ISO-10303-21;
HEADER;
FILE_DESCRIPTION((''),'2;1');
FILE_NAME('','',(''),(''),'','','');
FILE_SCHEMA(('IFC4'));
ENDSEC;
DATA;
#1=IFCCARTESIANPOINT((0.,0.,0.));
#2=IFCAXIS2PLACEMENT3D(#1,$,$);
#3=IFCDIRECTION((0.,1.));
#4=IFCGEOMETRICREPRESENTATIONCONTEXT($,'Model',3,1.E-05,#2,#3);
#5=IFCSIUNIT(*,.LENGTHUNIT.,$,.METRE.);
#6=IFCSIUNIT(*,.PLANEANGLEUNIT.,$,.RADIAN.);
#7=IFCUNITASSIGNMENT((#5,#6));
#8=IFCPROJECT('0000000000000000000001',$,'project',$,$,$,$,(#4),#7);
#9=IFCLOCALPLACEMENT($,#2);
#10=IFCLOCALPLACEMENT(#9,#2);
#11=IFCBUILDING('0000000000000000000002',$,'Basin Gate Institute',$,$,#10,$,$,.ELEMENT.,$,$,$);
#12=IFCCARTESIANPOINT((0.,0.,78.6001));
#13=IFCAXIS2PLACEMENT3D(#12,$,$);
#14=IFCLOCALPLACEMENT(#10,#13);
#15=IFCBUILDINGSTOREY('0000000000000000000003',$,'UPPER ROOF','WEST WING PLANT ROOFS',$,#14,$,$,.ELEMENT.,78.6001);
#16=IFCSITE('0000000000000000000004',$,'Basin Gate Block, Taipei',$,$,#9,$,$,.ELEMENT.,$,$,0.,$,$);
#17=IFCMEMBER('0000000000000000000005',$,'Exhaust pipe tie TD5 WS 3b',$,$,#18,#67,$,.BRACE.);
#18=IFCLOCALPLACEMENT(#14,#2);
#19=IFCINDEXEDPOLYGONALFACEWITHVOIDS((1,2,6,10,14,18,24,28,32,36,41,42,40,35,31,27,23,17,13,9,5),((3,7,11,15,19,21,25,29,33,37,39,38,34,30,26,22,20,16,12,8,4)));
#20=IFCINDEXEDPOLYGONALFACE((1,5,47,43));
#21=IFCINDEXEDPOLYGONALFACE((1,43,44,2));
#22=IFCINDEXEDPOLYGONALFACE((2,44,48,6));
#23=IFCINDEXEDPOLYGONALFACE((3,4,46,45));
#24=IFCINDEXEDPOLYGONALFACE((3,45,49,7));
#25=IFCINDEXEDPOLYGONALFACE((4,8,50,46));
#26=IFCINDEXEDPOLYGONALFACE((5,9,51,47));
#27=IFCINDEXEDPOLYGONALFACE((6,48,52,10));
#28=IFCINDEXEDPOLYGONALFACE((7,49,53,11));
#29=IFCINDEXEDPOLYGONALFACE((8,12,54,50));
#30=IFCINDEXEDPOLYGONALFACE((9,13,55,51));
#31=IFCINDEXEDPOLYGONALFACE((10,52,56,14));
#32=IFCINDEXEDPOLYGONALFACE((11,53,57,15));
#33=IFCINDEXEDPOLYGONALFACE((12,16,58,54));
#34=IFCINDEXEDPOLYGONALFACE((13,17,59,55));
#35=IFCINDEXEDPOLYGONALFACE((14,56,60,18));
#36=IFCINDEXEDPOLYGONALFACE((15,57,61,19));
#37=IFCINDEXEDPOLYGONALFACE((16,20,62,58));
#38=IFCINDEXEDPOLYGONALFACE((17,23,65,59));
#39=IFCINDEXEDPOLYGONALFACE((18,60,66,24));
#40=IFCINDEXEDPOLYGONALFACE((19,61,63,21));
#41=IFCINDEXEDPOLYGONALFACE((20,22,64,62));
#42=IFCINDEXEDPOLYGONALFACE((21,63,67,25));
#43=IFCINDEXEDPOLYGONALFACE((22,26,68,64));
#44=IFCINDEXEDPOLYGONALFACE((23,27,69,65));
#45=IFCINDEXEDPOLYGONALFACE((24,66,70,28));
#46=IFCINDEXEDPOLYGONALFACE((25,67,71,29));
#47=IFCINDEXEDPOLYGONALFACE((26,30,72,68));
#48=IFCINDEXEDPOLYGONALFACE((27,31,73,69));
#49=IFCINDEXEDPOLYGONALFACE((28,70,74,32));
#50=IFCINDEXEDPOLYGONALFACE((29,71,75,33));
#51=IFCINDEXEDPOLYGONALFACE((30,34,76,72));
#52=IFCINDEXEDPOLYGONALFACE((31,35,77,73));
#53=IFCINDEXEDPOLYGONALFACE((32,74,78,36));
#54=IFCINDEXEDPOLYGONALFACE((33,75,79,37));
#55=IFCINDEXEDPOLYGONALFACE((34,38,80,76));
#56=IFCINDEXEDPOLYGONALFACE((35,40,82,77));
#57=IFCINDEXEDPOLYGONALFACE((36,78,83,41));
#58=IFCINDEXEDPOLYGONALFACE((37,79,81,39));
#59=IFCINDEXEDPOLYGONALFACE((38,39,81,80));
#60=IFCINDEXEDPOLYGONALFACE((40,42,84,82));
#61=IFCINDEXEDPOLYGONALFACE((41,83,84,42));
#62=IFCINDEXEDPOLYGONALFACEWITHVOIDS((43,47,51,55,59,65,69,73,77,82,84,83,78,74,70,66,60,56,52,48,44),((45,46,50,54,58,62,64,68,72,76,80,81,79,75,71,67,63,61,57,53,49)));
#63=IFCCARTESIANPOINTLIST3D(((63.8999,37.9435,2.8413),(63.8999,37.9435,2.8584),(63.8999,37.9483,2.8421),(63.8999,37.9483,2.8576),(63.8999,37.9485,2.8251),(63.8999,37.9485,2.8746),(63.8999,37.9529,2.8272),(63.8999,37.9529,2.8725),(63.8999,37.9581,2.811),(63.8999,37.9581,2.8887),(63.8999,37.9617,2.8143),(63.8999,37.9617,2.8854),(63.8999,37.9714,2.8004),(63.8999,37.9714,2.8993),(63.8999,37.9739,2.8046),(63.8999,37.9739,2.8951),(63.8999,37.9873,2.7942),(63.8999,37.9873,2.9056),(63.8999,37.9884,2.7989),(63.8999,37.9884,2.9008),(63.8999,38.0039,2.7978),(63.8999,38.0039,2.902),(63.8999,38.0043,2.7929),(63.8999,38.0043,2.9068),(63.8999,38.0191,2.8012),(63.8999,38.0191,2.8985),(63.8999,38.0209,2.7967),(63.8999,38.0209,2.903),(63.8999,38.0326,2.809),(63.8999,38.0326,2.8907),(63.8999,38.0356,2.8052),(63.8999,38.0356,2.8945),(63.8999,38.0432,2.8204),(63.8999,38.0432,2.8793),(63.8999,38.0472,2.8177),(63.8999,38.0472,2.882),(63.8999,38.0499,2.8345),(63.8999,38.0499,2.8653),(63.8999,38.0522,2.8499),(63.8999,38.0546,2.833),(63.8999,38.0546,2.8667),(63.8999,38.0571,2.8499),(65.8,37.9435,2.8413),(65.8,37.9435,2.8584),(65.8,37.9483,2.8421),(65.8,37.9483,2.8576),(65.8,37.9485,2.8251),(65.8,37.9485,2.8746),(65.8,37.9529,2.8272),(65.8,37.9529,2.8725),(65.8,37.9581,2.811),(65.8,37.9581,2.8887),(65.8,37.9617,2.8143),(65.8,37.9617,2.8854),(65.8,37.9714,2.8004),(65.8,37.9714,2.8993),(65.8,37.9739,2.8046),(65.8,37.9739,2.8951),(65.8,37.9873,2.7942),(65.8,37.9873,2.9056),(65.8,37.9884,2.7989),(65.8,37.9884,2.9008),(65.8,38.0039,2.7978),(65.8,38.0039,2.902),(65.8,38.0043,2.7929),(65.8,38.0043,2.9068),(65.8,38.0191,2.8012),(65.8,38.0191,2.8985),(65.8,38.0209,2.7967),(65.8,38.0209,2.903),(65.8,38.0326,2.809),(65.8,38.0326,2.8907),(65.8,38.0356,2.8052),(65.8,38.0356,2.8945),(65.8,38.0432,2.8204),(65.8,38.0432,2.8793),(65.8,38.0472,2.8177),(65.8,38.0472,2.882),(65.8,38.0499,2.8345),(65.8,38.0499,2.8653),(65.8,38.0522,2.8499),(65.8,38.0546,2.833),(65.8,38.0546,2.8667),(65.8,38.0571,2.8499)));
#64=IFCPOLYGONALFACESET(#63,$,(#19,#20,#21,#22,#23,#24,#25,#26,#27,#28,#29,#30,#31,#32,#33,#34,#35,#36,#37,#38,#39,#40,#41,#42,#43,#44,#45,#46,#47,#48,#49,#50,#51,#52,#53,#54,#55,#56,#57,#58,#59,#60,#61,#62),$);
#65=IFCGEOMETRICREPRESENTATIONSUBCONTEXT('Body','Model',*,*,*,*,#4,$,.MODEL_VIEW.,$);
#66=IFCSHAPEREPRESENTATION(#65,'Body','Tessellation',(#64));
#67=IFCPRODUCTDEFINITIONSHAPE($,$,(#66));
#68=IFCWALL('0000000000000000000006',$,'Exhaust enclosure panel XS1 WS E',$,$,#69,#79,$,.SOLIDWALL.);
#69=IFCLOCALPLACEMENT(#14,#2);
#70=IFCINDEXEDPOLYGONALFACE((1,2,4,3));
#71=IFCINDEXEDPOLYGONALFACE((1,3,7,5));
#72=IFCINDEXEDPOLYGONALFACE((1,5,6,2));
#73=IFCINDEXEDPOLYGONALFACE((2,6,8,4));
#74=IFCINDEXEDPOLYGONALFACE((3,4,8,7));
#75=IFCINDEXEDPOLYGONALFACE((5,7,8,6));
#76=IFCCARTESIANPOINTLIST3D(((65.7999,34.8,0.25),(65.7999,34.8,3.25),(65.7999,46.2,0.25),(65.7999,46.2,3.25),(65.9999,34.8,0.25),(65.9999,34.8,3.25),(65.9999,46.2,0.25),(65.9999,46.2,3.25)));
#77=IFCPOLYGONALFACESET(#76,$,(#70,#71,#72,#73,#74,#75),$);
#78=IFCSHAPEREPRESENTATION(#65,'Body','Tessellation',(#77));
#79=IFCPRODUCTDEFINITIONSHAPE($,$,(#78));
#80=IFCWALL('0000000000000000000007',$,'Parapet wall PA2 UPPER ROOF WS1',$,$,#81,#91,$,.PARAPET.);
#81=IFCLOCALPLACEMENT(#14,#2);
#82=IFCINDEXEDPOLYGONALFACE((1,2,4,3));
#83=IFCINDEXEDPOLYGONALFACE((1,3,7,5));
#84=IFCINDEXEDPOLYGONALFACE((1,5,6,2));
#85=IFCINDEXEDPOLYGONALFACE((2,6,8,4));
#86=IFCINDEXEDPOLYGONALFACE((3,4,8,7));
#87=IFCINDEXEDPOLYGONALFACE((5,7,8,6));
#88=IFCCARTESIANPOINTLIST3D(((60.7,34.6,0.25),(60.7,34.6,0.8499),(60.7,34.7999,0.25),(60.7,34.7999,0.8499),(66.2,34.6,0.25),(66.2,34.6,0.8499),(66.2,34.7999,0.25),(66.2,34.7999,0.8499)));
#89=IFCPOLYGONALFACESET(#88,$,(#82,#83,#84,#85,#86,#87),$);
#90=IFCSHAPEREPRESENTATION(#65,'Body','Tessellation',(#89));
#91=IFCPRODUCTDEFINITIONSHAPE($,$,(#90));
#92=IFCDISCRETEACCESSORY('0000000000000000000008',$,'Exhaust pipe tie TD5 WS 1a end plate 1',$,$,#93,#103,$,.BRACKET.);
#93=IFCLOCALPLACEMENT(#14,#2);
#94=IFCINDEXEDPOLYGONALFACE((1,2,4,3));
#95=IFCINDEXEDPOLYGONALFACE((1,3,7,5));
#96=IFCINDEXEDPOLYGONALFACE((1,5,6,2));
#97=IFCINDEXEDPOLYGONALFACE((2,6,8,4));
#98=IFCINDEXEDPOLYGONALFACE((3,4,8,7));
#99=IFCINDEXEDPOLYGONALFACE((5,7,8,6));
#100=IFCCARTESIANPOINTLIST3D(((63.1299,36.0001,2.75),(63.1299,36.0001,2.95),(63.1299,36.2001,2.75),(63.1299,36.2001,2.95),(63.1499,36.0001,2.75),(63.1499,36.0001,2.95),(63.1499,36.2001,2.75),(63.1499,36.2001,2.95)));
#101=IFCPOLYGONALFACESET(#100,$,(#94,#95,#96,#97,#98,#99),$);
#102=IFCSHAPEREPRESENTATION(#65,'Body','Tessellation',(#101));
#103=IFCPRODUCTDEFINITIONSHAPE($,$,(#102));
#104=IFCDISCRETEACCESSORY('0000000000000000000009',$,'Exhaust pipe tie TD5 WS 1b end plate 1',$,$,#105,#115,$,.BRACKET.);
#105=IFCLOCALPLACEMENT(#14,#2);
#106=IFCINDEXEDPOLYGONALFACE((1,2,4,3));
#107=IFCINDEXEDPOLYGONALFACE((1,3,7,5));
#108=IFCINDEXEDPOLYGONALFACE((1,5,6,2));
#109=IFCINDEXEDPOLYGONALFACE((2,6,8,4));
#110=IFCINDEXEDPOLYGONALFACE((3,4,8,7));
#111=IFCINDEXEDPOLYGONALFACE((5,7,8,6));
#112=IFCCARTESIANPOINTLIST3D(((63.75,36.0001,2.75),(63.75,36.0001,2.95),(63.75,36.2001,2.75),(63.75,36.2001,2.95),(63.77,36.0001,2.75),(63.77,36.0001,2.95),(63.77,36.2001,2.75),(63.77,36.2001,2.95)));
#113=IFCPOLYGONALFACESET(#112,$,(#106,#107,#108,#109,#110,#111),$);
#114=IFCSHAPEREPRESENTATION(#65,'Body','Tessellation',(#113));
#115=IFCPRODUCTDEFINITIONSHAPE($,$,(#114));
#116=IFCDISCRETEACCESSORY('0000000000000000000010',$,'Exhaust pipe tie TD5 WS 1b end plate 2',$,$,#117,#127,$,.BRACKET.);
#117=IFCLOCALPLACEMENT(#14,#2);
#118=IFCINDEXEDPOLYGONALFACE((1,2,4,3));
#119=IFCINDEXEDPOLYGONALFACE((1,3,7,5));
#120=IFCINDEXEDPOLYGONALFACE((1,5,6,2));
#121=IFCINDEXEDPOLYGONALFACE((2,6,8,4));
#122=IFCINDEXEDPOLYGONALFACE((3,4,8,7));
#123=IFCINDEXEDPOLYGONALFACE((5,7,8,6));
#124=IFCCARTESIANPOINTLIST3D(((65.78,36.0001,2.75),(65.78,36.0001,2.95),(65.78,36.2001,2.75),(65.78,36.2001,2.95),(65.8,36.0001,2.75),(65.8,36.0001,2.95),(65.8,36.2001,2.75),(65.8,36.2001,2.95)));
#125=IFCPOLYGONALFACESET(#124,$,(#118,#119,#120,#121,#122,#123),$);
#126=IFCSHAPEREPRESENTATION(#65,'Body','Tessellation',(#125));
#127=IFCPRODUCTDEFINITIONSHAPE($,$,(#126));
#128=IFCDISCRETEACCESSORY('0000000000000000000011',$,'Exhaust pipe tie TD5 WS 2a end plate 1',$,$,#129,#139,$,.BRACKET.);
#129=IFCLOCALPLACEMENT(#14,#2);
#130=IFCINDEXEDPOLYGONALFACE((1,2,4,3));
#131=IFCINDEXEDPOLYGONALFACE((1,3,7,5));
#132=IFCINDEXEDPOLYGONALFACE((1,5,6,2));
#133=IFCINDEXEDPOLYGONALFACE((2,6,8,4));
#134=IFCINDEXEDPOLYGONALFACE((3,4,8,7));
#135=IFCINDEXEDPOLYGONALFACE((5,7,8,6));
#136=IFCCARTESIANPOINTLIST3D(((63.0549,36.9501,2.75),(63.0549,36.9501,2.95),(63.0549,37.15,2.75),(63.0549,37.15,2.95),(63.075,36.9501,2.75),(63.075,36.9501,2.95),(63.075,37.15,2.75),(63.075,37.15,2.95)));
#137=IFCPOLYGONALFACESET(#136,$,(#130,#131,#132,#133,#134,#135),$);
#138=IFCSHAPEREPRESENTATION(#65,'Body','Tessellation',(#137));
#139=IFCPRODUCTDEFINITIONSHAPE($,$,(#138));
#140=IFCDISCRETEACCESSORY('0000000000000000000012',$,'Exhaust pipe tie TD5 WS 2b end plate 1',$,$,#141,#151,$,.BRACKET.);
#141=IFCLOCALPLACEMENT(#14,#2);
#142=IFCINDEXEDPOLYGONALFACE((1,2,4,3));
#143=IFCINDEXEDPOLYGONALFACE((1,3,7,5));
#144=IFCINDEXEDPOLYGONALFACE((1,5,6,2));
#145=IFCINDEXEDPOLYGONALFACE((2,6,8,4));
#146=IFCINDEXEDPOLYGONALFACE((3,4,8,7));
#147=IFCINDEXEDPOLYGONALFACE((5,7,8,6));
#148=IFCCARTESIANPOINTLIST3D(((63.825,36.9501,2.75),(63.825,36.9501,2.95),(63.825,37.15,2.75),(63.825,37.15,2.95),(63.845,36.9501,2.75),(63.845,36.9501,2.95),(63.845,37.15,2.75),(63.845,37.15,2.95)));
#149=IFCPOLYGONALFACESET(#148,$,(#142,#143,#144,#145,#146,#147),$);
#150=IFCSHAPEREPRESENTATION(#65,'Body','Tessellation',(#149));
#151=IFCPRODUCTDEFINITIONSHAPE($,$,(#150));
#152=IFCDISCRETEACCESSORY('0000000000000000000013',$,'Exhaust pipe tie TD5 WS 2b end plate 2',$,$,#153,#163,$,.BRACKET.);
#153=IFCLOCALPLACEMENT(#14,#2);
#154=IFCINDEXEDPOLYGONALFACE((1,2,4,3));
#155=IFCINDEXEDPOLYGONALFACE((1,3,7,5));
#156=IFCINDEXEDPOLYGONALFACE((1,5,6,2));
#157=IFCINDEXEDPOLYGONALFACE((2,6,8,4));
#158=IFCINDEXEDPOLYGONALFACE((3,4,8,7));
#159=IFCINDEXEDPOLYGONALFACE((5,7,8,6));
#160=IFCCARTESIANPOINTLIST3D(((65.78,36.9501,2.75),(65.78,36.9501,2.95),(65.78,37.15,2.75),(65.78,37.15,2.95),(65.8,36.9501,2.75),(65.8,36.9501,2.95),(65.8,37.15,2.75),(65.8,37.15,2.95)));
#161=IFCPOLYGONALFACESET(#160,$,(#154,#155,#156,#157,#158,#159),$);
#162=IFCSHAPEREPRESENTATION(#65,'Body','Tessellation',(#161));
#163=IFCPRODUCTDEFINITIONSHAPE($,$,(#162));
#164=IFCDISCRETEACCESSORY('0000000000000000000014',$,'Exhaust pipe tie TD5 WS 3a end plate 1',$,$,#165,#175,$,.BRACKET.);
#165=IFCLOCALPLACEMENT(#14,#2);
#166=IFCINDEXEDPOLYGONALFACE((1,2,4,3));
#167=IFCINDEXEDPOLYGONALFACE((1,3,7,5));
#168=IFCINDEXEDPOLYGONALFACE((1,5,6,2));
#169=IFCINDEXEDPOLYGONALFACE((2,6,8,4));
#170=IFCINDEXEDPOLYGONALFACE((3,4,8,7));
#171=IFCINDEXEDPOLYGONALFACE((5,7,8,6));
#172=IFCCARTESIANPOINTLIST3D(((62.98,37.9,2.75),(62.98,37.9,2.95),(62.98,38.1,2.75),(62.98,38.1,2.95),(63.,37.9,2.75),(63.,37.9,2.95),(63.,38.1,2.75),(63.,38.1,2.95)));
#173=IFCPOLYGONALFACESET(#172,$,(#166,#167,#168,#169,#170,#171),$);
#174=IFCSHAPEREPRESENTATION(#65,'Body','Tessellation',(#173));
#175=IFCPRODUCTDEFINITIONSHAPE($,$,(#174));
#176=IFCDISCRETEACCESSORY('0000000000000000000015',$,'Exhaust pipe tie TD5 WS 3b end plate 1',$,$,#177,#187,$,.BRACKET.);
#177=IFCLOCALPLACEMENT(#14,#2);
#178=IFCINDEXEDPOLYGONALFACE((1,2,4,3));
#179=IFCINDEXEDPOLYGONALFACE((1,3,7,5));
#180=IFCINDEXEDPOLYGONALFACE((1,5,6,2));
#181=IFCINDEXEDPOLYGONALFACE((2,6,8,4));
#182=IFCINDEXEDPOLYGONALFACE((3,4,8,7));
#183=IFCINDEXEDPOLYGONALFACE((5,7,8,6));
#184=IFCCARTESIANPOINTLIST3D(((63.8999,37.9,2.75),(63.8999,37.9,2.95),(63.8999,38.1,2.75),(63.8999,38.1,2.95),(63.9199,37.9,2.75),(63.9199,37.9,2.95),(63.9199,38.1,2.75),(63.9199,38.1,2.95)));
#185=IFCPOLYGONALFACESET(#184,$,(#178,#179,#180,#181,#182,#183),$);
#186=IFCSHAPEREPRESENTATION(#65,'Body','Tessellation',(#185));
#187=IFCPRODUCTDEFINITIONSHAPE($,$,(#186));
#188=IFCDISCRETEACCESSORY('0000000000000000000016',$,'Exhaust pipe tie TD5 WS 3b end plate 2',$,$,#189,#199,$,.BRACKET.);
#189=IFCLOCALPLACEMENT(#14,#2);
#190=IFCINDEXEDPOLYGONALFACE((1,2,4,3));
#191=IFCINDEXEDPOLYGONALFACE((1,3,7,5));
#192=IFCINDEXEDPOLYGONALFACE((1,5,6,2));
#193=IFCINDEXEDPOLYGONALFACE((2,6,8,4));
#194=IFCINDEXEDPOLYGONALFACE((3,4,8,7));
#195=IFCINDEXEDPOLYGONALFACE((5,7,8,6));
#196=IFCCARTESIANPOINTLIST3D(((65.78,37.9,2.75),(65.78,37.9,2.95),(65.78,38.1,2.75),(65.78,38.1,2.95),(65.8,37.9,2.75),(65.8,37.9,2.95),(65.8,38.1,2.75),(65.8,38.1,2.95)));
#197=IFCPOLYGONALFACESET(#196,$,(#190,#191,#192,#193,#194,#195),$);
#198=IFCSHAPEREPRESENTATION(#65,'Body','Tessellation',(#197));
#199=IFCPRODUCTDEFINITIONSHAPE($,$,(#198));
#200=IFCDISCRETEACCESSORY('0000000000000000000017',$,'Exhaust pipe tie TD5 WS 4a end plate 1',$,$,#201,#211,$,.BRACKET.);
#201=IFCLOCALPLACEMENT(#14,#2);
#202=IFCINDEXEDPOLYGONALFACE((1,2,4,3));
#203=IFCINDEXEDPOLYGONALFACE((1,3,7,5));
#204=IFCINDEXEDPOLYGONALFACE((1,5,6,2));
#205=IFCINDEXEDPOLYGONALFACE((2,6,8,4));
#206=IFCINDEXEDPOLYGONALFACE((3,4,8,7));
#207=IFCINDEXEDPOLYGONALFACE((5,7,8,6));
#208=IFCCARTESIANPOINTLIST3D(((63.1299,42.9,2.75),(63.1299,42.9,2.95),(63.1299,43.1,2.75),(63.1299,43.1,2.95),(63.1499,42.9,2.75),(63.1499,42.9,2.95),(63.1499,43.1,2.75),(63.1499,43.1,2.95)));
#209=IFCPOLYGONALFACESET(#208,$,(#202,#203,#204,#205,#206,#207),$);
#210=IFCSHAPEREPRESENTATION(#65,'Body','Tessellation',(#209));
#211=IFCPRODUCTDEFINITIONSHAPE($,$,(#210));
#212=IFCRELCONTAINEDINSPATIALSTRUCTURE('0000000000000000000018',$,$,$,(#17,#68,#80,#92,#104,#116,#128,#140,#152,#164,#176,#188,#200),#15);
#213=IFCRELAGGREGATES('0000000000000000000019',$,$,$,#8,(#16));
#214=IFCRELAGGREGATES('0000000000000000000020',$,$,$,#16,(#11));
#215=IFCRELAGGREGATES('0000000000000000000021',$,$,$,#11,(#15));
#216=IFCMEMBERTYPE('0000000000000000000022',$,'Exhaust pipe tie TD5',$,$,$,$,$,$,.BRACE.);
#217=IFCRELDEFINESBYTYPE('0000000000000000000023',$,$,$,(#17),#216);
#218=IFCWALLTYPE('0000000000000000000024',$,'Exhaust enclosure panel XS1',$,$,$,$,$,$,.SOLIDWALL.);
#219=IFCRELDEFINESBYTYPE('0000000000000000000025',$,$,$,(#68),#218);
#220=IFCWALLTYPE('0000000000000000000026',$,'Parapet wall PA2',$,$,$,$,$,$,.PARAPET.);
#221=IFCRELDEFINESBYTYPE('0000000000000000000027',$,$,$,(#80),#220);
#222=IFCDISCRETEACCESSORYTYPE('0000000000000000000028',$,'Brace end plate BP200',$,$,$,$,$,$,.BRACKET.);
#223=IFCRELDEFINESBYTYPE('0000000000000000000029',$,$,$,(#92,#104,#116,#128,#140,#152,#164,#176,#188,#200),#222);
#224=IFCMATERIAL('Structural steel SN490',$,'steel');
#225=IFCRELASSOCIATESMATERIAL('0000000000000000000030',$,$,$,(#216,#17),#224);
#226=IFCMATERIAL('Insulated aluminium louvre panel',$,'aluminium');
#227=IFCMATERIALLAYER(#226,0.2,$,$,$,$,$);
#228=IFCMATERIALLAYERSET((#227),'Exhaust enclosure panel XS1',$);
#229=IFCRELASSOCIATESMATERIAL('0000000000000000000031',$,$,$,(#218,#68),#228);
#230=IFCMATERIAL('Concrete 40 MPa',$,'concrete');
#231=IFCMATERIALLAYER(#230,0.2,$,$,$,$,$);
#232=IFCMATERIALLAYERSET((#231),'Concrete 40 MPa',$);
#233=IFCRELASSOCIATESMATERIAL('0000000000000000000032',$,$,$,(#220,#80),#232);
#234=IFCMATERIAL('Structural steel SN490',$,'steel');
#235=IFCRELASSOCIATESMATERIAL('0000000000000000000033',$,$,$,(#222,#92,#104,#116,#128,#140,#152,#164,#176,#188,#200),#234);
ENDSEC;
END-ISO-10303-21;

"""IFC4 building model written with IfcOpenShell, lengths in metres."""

from ifc_helpers import new_model, si_unit, direction, frame, frame_2d, origin, origin_2d, place, context, subcontext, project, spatial, rectangle, hollow_circle, extrude, material, layer, layer_set, material_profile, profile_set, type_object, element, save


model = new_model("IFC4")

# Units and contexts
model_context = context("Model", 3, precision=1e-05, world=origin(), true_north=direction((0.0, 1.0)))
body_context = subcontext(model_context, "Body", "Model", "MODEL_VIEW")
ifc_project = project(units=[si_unit("LENGTHUNIT", "METRE"), si_unit("PLANEANGLEUNIT", "RADIAN")], contexts=[model_context])

# Site, building, storey
site_placement = place(None, origin())
site = spatial("IfcSite", under=ifc_project, at=site_placement, Name="Basin Gate Block, Taipei", CompositionType="ELEMENT", RefElevation=0.0)
building_placement = place(site_placement, origin())
building = spatial("IfcBuilding", under=site, at=building_placement, Name="Basin Gate Institute", CompositionType="ELEMENT")
storey_placement = place(building_placement, frame((0.0, 0.0, 78.6001)))
storey = spatial("IfcBuildingStorey", under=building, at=storey_placement, Name="UPPER ROOF", Description="WEST WING PLANT ROOFS", CompositionType="ELEMENT", Elevation=78.6001)

# Member
ifc_material_1 = material(Name="Structural steel SN490", Category="steel")
ifc_material_profile_1 = material_profile(ifc_material_1, hollow_circle(Radius=0.0571, WallThickness=0.0049, at=origin_2d()), Name="CHS114x5")
ifc_profile_set_1 = profile_set([ifc_material_profile_1], Name="Structural steel SN490")
member_type_1 = type_object("IfcMemberType", Name="Exhaust pipe tie TD5", PredefinedType="BRACE", material=ifc_profile_set_1)
member_1_placement = place(storey_placement, frame((63.8999, 38.0, 2.8499), z_axis=(1.0, 0.0, 0.0), x_axis=(0.0, 1.0, 0.0)))
element("IfcMember", 1, at=member_1_placement, inside=storey, type_object=member_type_1, material=ifc_profile_set_1, Name="Exhaust pipe tie TD5 WS 3b", PredefinedType="BRACE", context=body_context, shape_type="SweptSolid", body=[
    extrude(hollow_circle(Radius=0.0571, WallThickness=0.0049, at=origin_2d()), origin(), (0.0, 0.0, 1.0), 1.9001),
])

# Walls
ifc_material_2 = material(Name="Insulated aluminium louvre panel", Category="aluminium")
ifc_layer_1 = layer(ifc_material_2, 0.2)
ifc_layer_set_1 = layer_set([ifc_layer_1], Name="Exhaust enclosure panel XS1")
wall_type_1 = type_object("IfcWallType", Name="Exhaust enclosure panel XS1", PredefinedType="SOLIDWALL", material=ifc_layer_set_1)
wall_1_placement = place(storey_placement, frame((65.8999, 34.8, 0.25), z_axis=(0.0, 0.0, 1.0), x_axis=(0.0, 1.0, 0.0)))
element("IfcWall", 2, at=wall_1_placement, inside=storey, type_object=wall_type_1, material=ifc_layer_set_1, Name="Exhaust enclosure panel XS1 WS E", PredefinedType="SOLIDWALL", context=body_context, shape_type="SweptSolid", body=[
    extrude(rectangle(XDim=11.3999, YDim=0.2, at=frame_2d((5.7, 0.0))), origin(), (0.0, 0.0, 1.0), 3.0),
])
ifc_material_3 = material(Name="Concrete 40 MPa", Category="concrete")
ifc_layer_2 = layer(ifc_material_3, 0.2)
ifc_layer_set_2 = layer_set([ifc_layer_2], Name="Concrete 40 MPa")
wall_type_2 = type_object("IfcWallType", Name="Parapet wall PA2", PredefinedType="PARAPET", material=ifc_layer_set_2)
wall_2_placement = place(storey_placement, frame((66.2, 34.7, 0.25), z_axis=(0.0, 0.0, 1.0), x_axis=(-1.0, 0.0, 0.0)))
element("IfcWall", 3, at=wall_2_placement, inside=storey, type_object=wall_type_2, material=ifc_layer_set_2, Name="Parapet wall PA2 UPPER ROOF WS1", PredefinedType="PARAPET", context=body_context, shape_type="SweptSolid", body=[
    extrude(rectangle(XDim=5.5, YDim=0.2, at=frame_2d((2.75, 0.0))), origin(), (0.0, 0.0, 1.0), 0.5999),
])

# Discrete accessories
ifc_material_4 = material(Name="Structural steel SN490", Category="steel")
discrete_accessory_type = type_object("IfcDiscreteAccessoryType", Name="Brace end plate BP200", PredefinedType="BRACKET", material=ifc_material_4)
for number, where, z_axis, x_axis, name in (
    (4, (63.1399, 36.1001, 2.75), (0.0, 0.0, 1.0), (1.0, 0.0, 0.0), "Exhaust pipe tie TD5 WS 1a end plate 1"),
    (5, (63.76, 36.1001, 2.75), (0.0, 0.0, 1.0), (1.0, 0.0, 0.0), "Exhaust pipe tie TD5 WS 1b end plate 1"),
    (6, (65.79, 36.1001, 2.75), (0.0, 0.0, 1.0), (1.0, 0.0, 0.0), "Exhaust pipe tie TD5 WS 1b end plate 2"),
    (7, (63.0649, 37.05, 2.75), (0.0, 0.0, 1.0), (1.0, 0.0, 0.0), "Exhaust pipe tie TD5 WS 2a end plate 1"),
    (8, (63.835, 37.05, 2.75), (0.0, 0.0, 1.0), (1.0, 0.0, 0.0), "Exhaust pipe tie TD5 WS 2b end plate 1"),
    (9, (65.79, 37.05, 2.75), (0.0, 0.0, 1.0), (1.0, 0.0, 0.0), "Exhaust pipe tie TD5 WS 2b end plate 2"),
    (10, (62.99, 38.0, 2.75), (0.0, 0.0, 1.0), (1.0, 0.0, 0.0), "Exhaust pipe tie TD5 WS 3a end plate 1"),
    (11, (63.9099, 38.0, 2.75), (0.0, 0.0, 1.0), (1.0, 0.0, 0.0), "Exhaust pipe tie TD5 WS 3b end plate 1"),
    (12, (65.79, 38.0, 2.75), (0.0, 0.0, 1.0), (1.0, 0.0, 0.0), "Exhaust pipe tie TD5 WS 3b end plate 2"),
    (13, (63.1399, 43.0, 2.75), (0.0, 0.0, 1.0), (1.0, 0.0, 0.0), "Exhaust pipe tie TD5 WS 4a end plate 1"),
):
    element("IfcDiscreteAccessory", number, at=place(storey_placement, frame(where, z_axis=z_axis, x_axis=x_axis)), inside=storey, type_object=discrete_accessory_type, material=ifc_material_4, Name=name, PredefinedType="BRACKET", context=body_context, shape_type="SweptSolid", body=[
        extrude(rectangle(XDim=0.02, YDim=0.2, at=origin_2d()), origin(), (0.0, 0.0, 1.0), 0.2),
    ])

save(model, "model.ifc")
